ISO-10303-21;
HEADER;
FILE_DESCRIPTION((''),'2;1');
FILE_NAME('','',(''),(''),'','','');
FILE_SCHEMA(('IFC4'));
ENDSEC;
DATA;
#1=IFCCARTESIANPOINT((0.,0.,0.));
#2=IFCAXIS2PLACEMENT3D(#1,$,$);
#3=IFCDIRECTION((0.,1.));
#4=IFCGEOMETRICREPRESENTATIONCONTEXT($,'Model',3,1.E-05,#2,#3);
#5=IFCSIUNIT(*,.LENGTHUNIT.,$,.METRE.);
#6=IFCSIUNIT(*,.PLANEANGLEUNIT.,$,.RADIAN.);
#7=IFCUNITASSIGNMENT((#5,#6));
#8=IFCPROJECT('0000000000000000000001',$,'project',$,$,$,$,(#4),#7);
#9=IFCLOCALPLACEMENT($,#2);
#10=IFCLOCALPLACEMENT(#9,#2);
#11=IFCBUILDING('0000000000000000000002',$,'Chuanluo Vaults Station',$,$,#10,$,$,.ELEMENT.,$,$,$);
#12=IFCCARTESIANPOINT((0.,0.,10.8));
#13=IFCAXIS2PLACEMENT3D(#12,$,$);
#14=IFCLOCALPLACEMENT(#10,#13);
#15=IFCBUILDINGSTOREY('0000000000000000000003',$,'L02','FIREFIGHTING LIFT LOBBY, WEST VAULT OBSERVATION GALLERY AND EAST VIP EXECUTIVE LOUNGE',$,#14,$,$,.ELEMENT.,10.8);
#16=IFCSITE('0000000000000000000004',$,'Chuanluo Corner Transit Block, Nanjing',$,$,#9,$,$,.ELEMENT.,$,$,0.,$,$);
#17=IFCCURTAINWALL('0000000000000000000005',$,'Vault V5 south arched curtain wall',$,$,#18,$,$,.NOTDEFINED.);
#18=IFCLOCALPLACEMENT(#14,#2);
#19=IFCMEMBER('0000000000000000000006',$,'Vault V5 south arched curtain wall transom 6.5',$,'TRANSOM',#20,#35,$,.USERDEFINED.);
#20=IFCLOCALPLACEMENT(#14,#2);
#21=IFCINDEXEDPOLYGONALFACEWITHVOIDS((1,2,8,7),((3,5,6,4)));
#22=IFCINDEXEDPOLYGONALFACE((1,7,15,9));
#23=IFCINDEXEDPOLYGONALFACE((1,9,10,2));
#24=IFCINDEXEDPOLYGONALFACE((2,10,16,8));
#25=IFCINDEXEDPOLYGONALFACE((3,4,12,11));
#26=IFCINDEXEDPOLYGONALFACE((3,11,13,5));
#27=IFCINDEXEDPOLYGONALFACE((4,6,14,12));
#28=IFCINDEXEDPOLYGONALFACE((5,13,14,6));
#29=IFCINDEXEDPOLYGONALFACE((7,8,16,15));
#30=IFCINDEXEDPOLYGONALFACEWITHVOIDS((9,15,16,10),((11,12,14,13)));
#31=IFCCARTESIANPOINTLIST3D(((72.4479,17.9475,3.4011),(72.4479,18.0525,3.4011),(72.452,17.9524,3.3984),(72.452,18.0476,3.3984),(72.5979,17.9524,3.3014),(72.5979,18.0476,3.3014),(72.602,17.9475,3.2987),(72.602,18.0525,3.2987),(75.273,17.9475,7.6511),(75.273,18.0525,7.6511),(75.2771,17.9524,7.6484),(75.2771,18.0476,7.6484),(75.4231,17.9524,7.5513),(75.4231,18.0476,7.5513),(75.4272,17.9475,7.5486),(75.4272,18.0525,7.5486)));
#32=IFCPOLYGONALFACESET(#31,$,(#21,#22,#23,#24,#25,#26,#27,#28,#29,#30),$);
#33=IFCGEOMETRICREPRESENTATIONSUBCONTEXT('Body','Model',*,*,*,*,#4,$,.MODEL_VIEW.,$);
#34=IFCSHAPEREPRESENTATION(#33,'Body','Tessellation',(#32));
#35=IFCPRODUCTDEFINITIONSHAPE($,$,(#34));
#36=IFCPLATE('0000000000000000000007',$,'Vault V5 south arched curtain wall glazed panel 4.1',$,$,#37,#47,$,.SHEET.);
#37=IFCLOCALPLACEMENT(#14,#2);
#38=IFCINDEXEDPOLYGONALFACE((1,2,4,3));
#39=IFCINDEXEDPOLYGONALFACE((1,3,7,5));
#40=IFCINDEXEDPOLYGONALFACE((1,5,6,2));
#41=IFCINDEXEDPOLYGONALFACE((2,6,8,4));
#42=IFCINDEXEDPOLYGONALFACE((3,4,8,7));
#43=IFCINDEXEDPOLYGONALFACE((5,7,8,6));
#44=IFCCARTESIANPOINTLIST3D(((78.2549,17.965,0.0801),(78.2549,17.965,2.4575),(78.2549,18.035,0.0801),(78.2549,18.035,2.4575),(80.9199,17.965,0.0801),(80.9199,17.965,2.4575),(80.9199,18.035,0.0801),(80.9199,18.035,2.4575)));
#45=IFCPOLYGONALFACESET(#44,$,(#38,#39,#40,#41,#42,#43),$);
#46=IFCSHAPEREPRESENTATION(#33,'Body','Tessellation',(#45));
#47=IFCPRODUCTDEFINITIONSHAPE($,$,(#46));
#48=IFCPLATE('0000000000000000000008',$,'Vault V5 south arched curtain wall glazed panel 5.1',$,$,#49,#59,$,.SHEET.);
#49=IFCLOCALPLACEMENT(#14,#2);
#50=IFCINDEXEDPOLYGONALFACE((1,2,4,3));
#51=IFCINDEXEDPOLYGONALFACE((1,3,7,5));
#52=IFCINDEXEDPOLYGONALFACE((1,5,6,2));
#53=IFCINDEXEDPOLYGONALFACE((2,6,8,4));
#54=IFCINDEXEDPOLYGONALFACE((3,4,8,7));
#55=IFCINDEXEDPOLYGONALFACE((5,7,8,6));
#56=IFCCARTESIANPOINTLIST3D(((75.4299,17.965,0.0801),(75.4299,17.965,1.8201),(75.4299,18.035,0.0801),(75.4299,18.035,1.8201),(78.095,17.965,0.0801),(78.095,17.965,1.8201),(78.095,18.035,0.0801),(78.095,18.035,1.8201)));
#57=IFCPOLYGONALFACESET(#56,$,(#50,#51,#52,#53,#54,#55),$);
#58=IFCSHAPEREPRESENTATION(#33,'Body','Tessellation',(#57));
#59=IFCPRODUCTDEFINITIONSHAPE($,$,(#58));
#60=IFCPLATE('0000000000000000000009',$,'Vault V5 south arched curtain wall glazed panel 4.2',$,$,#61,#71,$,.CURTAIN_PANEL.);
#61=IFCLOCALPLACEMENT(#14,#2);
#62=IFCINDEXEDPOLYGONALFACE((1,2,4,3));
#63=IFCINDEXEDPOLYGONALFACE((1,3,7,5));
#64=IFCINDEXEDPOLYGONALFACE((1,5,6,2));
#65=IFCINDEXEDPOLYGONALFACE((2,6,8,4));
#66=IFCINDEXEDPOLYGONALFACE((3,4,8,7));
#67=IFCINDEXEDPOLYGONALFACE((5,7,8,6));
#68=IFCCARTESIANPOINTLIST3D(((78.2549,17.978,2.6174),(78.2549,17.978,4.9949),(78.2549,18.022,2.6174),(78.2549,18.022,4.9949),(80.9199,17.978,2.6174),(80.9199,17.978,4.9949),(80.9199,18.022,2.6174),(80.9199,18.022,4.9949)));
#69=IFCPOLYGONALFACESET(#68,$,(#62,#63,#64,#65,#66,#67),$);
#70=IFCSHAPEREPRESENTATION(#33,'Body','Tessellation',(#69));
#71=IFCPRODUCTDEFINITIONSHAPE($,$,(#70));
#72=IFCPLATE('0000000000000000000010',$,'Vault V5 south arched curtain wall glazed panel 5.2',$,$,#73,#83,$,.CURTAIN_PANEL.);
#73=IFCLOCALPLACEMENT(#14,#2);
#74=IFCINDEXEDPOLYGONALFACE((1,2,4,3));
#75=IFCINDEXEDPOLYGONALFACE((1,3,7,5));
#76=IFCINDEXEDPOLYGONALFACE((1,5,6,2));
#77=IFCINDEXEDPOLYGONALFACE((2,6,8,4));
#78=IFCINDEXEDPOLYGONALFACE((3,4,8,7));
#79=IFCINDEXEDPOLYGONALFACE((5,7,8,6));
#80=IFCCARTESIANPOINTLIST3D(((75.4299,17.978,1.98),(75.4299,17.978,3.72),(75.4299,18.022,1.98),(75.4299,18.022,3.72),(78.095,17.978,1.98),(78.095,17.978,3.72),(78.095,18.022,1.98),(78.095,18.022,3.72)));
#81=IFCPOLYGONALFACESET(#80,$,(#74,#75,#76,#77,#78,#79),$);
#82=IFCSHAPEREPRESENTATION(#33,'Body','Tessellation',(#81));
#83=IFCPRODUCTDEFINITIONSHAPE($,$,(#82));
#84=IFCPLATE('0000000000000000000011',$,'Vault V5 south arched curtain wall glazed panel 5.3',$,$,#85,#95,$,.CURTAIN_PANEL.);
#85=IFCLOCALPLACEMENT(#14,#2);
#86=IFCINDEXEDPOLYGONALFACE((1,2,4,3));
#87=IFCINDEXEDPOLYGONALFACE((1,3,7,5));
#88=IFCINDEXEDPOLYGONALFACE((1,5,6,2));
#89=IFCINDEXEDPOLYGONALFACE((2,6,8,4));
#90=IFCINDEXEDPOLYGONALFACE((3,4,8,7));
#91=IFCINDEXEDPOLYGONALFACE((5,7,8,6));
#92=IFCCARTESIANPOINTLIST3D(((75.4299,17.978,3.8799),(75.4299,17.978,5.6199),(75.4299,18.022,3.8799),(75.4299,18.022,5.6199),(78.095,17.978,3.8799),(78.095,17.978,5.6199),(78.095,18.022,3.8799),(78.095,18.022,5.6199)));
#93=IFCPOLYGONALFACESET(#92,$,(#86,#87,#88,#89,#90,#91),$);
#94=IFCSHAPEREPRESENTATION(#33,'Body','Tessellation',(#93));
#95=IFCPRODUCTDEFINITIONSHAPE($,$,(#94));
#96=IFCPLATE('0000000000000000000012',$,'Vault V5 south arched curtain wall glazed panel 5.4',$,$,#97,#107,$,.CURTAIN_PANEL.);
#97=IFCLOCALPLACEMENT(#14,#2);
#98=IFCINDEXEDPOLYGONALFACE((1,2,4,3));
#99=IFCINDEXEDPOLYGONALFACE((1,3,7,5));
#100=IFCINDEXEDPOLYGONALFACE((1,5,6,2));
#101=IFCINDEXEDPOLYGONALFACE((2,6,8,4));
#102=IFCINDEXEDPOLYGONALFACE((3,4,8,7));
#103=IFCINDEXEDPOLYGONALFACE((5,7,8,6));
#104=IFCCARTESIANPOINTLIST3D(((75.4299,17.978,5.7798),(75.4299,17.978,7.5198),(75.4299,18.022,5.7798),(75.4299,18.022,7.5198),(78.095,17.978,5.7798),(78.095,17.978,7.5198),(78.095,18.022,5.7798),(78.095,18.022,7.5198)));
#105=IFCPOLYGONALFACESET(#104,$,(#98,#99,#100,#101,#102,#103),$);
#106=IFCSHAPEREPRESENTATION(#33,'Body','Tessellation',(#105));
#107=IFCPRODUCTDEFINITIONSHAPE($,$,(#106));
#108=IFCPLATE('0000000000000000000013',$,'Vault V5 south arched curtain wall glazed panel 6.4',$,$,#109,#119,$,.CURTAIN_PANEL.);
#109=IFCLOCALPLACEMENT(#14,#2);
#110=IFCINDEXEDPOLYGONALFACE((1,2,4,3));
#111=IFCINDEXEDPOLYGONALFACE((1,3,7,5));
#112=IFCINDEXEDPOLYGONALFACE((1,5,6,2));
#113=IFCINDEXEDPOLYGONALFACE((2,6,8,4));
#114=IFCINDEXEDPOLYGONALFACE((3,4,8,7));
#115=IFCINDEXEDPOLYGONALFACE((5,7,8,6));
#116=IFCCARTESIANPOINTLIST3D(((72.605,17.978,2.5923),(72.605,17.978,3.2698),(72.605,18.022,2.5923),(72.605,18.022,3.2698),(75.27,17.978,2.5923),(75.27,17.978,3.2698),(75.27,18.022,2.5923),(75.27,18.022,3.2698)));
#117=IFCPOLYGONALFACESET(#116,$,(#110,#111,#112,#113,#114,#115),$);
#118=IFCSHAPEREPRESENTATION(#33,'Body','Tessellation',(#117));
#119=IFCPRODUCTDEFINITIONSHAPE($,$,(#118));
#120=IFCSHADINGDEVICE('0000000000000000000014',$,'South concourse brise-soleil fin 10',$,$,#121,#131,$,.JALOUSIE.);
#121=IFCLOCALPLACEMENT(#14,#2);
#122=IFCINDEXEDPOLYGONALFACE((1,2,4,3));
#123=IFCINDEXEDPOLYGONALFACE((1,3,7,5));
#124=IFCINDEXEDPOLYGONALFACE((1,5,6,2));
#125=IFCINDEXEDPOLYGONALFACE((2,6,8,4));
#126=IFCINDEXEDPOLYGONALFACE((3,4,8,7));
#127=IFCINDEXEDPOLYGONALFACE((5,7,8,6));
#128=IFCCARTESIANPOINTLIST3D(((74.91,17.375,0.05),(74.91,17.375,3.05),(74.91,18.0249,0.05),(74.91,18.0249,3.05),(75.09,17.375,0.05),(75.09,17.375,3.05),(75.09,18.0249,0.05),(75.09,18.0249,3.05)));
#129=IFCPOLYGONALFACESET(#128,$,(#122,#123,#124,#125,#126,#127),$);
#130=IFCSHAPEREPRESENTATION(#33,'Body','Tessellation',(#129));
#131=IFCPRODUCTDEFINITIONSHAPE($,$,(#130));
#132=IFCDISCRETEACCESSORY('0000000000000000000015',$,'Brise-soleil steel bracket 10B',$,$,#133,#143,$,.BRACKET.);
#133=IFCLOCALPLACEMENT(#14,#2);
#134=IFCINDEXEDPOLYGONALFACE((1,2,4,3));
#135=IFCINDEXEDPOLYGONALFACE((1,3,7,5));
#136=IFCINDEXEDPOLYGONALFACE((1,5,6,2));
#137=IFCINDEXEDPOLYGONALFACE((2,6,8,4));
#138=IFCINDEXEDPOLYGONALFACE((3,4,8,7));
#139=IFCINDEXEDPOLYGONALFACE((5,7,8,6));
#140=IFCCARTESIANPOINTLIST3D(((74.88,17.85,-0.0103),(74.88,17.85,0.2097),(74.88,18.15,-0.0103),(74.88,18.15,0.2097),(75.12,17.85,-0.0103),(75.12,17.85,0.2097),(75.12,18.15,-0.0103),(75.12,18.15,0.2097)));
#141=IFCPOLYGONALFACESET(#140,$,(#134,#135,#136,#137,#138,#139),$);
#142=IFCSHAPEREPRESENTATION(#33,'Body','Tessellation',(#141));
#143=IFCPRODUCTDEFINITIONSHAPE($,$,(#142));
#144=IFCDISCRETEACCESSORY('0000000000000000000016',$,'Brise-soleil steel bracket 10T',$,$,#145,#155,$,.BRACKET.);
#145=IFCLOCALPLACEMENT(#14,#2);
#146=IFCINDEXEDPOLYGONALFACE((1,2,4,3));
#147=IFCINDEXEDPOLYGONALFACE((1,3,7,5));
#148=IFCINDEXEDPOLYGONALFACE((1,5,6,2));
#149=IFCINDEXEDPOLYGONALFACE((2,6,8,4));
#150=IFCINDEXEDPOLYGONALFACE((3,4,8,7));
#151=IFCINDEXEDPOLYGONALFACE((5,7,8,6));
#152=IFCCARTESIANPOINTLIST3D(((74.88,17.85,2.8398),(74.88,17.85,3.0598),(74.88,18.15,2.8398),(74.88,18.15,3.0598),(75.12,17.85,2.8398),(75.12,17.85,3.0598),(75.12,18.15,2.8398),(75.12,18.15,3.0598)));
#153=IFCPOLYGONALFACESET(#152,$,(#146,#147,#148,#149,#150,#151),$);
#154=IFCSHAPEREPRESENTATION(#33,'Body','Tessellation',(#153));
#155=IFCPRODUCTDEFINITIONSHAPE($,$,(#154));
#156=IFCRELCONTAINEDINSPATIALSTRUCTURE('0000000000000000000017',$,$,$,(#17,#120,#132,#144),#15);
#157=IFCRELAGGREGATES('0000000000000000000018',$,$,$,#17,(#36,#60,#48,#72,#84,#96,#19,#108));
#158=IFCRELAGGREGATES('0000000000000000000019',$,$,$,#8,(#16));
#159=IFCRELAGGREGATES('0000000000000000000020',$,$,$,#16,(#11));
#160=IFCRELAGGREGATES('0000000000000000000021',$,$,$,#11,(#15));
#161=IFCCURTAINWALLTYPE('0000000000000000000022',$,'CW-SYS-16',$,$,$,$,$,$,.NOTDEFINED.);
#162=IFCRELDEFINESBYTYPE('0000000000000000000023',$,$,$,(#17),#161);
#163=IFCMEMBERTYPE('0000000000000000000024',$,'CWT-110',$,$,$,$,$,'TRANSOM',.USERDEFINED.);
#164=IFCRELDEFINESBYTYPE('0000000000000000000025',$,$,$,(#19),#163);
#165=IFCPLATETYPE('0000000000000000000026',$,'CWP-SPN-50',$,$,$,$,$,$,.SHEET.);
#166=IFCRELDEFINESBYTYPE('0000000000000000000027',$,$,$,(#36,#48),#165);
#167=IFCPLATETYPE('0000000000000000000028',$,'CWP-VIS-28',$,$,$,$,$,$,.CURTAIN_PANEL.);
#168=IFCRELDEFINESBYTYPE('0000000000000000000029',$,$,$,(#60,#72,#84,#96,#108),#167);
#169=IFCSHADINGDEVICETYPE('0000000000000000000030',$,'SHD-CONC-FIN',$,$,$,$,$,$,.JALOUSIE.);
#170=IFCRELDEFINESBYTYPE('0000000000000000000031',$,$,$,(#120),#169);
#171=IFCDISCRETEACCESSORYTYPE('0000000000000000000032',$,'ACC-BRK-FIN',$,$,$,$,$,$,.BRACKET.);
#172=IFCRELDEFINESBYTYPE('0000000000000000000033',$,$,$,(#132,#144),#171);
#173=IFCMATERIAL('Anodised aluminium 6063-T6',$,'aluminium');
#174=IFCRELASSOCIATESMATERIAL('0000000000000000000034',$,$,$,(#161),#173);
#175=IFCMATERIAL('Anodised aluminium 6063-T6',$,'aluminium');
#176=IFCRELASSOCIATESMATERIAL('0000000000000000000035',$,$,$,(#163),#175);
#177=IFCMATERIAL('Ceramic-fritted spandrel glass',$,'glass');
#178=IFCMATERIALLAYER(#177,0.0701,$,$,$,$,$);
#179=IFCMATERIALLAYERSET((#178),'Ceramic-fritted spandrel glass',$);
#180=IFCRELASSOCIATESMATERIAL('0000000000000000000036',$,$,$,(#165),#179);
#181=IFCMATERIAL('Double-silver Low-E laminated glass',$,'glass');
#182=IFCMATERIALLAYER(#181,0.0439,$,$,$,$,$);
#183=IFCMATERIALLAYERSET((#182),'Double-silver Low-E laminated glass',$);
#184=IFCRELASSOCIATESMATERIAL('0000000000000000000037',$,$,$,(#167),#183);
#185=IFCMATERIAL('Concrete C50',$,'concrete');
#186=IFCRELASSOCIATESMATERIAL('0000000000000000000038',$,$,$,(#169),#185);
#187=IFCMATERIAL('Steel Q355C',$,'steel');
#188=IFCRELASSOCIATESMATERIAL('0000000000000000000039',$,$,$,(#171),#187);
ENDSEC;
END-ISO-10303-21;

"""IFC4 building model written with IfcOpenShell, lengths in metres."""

from ifc_helpers import new_model, si_unit, direction, frame, origin, origin_2d, place, context, subcontext, project, spatial, rectangle, hollow_rectangle, extrude, material, layer, layer_set, material_profile, profile_set, type_object, element, aggregate, save


model = new_model("IFC4")

# Units and contexts
model_context = context("Model", 3, precision=1e-05, world=origin(), true_north=direction((0.0, 1.0)))
body_context = subcontext(model_context, "Body", "Model", "MODEL_VIEW")
ifc_project = project(units=[si_unit("LENGTHUNIT", "METRE"), si_unit("PLANEANGLEUNIT", "RADIAN")], contexts=[model_context])

# Site, building, storey
site_placement = place(None, origin())
site = spatial("IfcSite", under=ifc_project, at=site_placement, Name="Chuanluo Corner Transit Block, Nanjing", CompositionType="ELEMENT", RefElevation=0.0)
building_placement = place(site_placement, origin())
building = spatial("IfcBuilding", under=site, at=building_placement, Name="Chuanluo Vaults Station", CompositionType="ELEMENT")
storey_placement = place(building_placement, frame((0.0, 0.0, 10.8)))
storey = spatial("IfcBuildingStorey", under=building, at=storey_placement, Name="L02", Description="FIREFIGHTING LIFT LOBBY, WEST VAULT OBSERVATION GALLERY AND EAST VIP EXECUTIVE LOUNGE", CompositionType="ELEMENT", Elevation=10.8)

# Curtain wall, member, plates
ifc_material_1 = material(Name="Anodised aluminium 6063-T6", Category="aluminium")
curtain_wall_type = type_object("IfcCurtainWallType", Name="CW-SYS-16", PredefinedType="NOTDEFINED", material=ifc_material_1)
curtain_wall_placement = place(storey_placement, origin())
curtain_wall = element("IfcCurtainWall", 1, at=curtain_wall_placement, inside=storey, type_object=curtain_wall_type, Name="Vault V5 south arched curtain wall", PredefinedType="NOTDEFINED")
ifc_material_2 = material(Name="Anodised aluminium 6063-T6", Category="aluminium")
ifc_material_profile_1 = material_profile(ifc_material_2, hollow_rectangle(XDim=0.105, YDim=0.1851, WallThickness=0.0049, at=origin_2d()))
ifc_profile_set_1 = profile_set([ifc_material_profile_1], Name="Anodised aluminium 6063-T6")
member_type_1 = type_object("IfcMemberType", Name="CWT-110", ElementType="TRANSOM", PredefinedType="USERDEFINED", material=ifc_profile_set_1)
member_1_placement = place(storey_placement, frame((75.3501, 18.0, 7.5999), z_axis=(-0.553596, 0.0, -0.832786), x_axis=(0.0, -1.0, 0.0)))
member_1 = element("IfcMember", 2, at=member_1_placement, type_object=member_type_1, Name="Vault V5 south arched curtain wall transom 6.5", ObjectType="TRANSOM", PredefinedType="USERDEFINED", context=body_context, shape_type="SweptSolid", body=[
    extrude(hollow_rectangle(XDim=0.105, YDim=0.1851, WallThickness=0.0049, at=origin_2d()), origin(), (0.0, 0.0, 1.0), 5.1033),
])
ifc_material_3 = material(Name="Ceramic-fritted spandrel glass", Category="glass")
ifc_layer_1 = layer(ifc_material_3, 0.0701)
ifc_layer_set_1 = layer_set([ifc_layer_1], Name="Ceramic-fritted spandrel glass")
plate_type_1 = type_object("IfcPlateType", Name="CWP-SPN-50", PredefinedType="SHEET", material=ifc_layer_set_1)
plate_1_placement = place(storey_placement, frame((79.5874, 18.0, 0.0801), z_axis=(0.0, 0.0, 1.0), x_axis=(-1.0, 0.0, 0.0)))
plate_1 = element("IfcPlate", 3, at=plate_1_placement, type_object=plate_type_1, Name="Vault V5 south arched curtain wall glazed panel 4.1", PredefinedType="SHEET", context=body_context, shape_type="SweptSolid", body=[
    extrude(rectangle(XDim=2.665, YDim=0.0701, at=origin_2d()), origin(), (0.0, 0.0, 1.0), 2.3774),
])
plate_2_placement = place(storey_placement, frame((76.7625, 18.0, 0.0801), z_axis=(0.0, 0.0, 1.0), x_axis=(-1.0, 0.0, 0.0)))
plate_2 = element("IfcPlate", 4, at=plate_2_placement, type_object=plate_type_1, Name="Vault V5 south arched curtain wall glazed panel 5.1", PredefinedType="SHEET", context=body_context, shape_type="SweptSolid", body=[
    extrude(rectangle(XDim=2.665, YDim=0.0701, at=origin_2d()), origin(), (0.0, 0.0, 1.0), 1.74),
])
ifc_material_4 = material(Name="Double-silver Low-E laminated glass", Category="glass")
ifc_layer_2 = layer(ifc_material_4, 0.0439)
ifc_layer_set_2 = layer_set([ifc_layer_2], Name="Double-silver Low-E laminated glass")
plate_type_2 = type_object("IfcPlateType", Name="CWP-VIS-28", PredefinedType="CURTAIN_PANEL", material=ifc_layer_set_2)
plate_3_placement = place(storey_placement, frame((79.5874, 18.0, 2.6174), z_axis=(0.0, 0.0, 1.0), x_axis=(-1.0, 0.0, 0.0)))
plate_3 = element("IfcPlate", 5, at=plate_3_placement, type_object=plate_type_2, Name="Vault V5 south arched curtain wall glazed panel 4.2", PredefinedType="CURTAIN_PANEL", context=body_context, shape_type="SweptSolid", body=[
    extrude(rectangle(XDim=2.665, YDim=0.0439, at=origin_2d()), origin(), (0.0, 0.0, 1.0), 2.3774),
])
plate_4_placement = place(storey_placement, frame((76.7625, 18.0, 1.98), z_axis=(0.0, 0.0, 1.0), x_axis=(-1.0, 0.0, 0.0)))
plate_4 = element("IfcPlate", 6, at=plate_4_placement, type_object=plate_type_2, Name="Vault V5 south arched curtain wall glazed panel 5.2", PredefinedType="CURTAIN_PANEL", context=body_context, shape_type="SweptSolid", body=[
    extrude(rectangle(XDim=2.665, YDim=0.0439, at=origin_2d()), origin(), (0.0, 0.0, 1.0), 1.74),
])
plate_5_placement = place(storey_placement, frame((76.7625, 18.0, 3.8799), z_axis=(0.0, 0.0, 1.0), x_axis=(-1.0, 0.0, 0.0)))
plate_5 = element("IfcPlate", 7, at=plate_5_placement, type_object=plate_type_2, Name="Vault V5 south arched curtain wall glazed panel 5.3", PredefinedType="CURTAIN_PANEL", context=body_context, shape_type="SweptSolid", body=[
    extrude(rectangle(XDim=2.665, YDim=0.0439, at=origin_2d()), origin(), (0.0, 0.0, 1.0), 1.74),
])
plate_6_placement = place(storey_placement, frame((76.7625, 18.0, 5.7798), z_axis=(0.0, 0.0, 1.0), x_axis=(-1.0, 0.0, 0.0)))
plate_6 = element("IfcPlate", 8, at=plate_6_placement, type_object=plate_type_2, Name="Vault V5 south arched curtain wall glazed panel 5.4", PredefinedType="CURTAIN_PANEL", context=body_context, shape_type="SweptSolid", body=[
    extrude(rectangle(XDim=2.665, YDim=0.0439, at=origin_2d()), origin(), (0.0, 0.0, 1.0), 1.74),
])
plate_7_placement = place(storey_placement, frame((73.9375, 18.0, 2.5923), z_axis=(0.0, 0.0, 1.0), x_axis=(-1.0, 0.0, 0.0)))
plate_7 = element("IfcPlate", 9, at=plate_7_placement, type_object=plate_type_2, Name="Vault V5 south arched curtain wall glazed panel 6.4", PredefinedType="CURTAIN_PANEL", context=body_context, shape_type="SweptSolid", body=[
    extrude(rectangle(XDim=2.665, YDim=0.0439, at=origin_2d()), origin(), (0.0, 0.0, 1.0), 0.6775),
])
aggregate(curtain_wall, [plate_1, plate_3, plate_2, plate_4, plate_5, plate_6, member_1, plate_7])

# Shading device
ifc_material_5 = material(Name="Concrete C50", Category="concrete")
shading_device_type = type_object("IfcShadingDeviceType", Name="SHD-CONC-FIN", PredefinedType="JALOUSIE", material=ifc_material_5)
shading_device_placement = place(storey_placement, frame((75.0, 17.7, 0.05), z_axis=(0.0, 0.0, 1.0), x_axis=(1.0, 0.0, 0.0)))
element("IfcShadingDevice", 10, at=shading_device_placement, inside=storey, type_object=shading_device_type, Name="South concourse brise-soleil fin 10", PredefinedType="JALOUSIE", context=body_context, shape_type="SweptSolid", body=[
    extrude(rectangle(XDim=0.1799, YDim=0.6499, at=origin_2d()), origin(), (0.0, 0.0, 1.0), 3.0),
])

# Discrete accessories
ifc_material_6 = material(Name="Steel Q355C", Category="steel")
discrete_accessory_type = type_object("IfcDiscreteAccessoryType", Name="ACC-BRK-FIN", PredefinedType="BRACKET", material=ifc_material_6)
for number, where, z_axis, x_axis, name in (
    (11, (75.0, 18.0, -0.0103), (0.0, 0.0, 1.0), (1.0, 0.0, 0.0), "Brise-soleil steel bracket 10B"),
    (12, (75.0, 18.0, 2.8398), (0.0, 0.0, 1.0), (1.0, 0.0, 0.0), "Brise-soleil steel bracket 10T"),
):
    element("IfcDiscreteAccessory", number, at=place(storey_placement, frame(where, z_axis=z_axis, x_axis=x_axis)), inside=storey, type_object=discrete_accessory_type, Name=name, PredefinedType="BRACKET", context=body_context, shape_type="SweptSolid", body=[
        extrude(rectangle(XDim=0.24, YDim=0.3, at=origin_2d()), origin(), (0.0, 0.0, 1.0), 0.22),
    ])

save(model, "model.ifc")
